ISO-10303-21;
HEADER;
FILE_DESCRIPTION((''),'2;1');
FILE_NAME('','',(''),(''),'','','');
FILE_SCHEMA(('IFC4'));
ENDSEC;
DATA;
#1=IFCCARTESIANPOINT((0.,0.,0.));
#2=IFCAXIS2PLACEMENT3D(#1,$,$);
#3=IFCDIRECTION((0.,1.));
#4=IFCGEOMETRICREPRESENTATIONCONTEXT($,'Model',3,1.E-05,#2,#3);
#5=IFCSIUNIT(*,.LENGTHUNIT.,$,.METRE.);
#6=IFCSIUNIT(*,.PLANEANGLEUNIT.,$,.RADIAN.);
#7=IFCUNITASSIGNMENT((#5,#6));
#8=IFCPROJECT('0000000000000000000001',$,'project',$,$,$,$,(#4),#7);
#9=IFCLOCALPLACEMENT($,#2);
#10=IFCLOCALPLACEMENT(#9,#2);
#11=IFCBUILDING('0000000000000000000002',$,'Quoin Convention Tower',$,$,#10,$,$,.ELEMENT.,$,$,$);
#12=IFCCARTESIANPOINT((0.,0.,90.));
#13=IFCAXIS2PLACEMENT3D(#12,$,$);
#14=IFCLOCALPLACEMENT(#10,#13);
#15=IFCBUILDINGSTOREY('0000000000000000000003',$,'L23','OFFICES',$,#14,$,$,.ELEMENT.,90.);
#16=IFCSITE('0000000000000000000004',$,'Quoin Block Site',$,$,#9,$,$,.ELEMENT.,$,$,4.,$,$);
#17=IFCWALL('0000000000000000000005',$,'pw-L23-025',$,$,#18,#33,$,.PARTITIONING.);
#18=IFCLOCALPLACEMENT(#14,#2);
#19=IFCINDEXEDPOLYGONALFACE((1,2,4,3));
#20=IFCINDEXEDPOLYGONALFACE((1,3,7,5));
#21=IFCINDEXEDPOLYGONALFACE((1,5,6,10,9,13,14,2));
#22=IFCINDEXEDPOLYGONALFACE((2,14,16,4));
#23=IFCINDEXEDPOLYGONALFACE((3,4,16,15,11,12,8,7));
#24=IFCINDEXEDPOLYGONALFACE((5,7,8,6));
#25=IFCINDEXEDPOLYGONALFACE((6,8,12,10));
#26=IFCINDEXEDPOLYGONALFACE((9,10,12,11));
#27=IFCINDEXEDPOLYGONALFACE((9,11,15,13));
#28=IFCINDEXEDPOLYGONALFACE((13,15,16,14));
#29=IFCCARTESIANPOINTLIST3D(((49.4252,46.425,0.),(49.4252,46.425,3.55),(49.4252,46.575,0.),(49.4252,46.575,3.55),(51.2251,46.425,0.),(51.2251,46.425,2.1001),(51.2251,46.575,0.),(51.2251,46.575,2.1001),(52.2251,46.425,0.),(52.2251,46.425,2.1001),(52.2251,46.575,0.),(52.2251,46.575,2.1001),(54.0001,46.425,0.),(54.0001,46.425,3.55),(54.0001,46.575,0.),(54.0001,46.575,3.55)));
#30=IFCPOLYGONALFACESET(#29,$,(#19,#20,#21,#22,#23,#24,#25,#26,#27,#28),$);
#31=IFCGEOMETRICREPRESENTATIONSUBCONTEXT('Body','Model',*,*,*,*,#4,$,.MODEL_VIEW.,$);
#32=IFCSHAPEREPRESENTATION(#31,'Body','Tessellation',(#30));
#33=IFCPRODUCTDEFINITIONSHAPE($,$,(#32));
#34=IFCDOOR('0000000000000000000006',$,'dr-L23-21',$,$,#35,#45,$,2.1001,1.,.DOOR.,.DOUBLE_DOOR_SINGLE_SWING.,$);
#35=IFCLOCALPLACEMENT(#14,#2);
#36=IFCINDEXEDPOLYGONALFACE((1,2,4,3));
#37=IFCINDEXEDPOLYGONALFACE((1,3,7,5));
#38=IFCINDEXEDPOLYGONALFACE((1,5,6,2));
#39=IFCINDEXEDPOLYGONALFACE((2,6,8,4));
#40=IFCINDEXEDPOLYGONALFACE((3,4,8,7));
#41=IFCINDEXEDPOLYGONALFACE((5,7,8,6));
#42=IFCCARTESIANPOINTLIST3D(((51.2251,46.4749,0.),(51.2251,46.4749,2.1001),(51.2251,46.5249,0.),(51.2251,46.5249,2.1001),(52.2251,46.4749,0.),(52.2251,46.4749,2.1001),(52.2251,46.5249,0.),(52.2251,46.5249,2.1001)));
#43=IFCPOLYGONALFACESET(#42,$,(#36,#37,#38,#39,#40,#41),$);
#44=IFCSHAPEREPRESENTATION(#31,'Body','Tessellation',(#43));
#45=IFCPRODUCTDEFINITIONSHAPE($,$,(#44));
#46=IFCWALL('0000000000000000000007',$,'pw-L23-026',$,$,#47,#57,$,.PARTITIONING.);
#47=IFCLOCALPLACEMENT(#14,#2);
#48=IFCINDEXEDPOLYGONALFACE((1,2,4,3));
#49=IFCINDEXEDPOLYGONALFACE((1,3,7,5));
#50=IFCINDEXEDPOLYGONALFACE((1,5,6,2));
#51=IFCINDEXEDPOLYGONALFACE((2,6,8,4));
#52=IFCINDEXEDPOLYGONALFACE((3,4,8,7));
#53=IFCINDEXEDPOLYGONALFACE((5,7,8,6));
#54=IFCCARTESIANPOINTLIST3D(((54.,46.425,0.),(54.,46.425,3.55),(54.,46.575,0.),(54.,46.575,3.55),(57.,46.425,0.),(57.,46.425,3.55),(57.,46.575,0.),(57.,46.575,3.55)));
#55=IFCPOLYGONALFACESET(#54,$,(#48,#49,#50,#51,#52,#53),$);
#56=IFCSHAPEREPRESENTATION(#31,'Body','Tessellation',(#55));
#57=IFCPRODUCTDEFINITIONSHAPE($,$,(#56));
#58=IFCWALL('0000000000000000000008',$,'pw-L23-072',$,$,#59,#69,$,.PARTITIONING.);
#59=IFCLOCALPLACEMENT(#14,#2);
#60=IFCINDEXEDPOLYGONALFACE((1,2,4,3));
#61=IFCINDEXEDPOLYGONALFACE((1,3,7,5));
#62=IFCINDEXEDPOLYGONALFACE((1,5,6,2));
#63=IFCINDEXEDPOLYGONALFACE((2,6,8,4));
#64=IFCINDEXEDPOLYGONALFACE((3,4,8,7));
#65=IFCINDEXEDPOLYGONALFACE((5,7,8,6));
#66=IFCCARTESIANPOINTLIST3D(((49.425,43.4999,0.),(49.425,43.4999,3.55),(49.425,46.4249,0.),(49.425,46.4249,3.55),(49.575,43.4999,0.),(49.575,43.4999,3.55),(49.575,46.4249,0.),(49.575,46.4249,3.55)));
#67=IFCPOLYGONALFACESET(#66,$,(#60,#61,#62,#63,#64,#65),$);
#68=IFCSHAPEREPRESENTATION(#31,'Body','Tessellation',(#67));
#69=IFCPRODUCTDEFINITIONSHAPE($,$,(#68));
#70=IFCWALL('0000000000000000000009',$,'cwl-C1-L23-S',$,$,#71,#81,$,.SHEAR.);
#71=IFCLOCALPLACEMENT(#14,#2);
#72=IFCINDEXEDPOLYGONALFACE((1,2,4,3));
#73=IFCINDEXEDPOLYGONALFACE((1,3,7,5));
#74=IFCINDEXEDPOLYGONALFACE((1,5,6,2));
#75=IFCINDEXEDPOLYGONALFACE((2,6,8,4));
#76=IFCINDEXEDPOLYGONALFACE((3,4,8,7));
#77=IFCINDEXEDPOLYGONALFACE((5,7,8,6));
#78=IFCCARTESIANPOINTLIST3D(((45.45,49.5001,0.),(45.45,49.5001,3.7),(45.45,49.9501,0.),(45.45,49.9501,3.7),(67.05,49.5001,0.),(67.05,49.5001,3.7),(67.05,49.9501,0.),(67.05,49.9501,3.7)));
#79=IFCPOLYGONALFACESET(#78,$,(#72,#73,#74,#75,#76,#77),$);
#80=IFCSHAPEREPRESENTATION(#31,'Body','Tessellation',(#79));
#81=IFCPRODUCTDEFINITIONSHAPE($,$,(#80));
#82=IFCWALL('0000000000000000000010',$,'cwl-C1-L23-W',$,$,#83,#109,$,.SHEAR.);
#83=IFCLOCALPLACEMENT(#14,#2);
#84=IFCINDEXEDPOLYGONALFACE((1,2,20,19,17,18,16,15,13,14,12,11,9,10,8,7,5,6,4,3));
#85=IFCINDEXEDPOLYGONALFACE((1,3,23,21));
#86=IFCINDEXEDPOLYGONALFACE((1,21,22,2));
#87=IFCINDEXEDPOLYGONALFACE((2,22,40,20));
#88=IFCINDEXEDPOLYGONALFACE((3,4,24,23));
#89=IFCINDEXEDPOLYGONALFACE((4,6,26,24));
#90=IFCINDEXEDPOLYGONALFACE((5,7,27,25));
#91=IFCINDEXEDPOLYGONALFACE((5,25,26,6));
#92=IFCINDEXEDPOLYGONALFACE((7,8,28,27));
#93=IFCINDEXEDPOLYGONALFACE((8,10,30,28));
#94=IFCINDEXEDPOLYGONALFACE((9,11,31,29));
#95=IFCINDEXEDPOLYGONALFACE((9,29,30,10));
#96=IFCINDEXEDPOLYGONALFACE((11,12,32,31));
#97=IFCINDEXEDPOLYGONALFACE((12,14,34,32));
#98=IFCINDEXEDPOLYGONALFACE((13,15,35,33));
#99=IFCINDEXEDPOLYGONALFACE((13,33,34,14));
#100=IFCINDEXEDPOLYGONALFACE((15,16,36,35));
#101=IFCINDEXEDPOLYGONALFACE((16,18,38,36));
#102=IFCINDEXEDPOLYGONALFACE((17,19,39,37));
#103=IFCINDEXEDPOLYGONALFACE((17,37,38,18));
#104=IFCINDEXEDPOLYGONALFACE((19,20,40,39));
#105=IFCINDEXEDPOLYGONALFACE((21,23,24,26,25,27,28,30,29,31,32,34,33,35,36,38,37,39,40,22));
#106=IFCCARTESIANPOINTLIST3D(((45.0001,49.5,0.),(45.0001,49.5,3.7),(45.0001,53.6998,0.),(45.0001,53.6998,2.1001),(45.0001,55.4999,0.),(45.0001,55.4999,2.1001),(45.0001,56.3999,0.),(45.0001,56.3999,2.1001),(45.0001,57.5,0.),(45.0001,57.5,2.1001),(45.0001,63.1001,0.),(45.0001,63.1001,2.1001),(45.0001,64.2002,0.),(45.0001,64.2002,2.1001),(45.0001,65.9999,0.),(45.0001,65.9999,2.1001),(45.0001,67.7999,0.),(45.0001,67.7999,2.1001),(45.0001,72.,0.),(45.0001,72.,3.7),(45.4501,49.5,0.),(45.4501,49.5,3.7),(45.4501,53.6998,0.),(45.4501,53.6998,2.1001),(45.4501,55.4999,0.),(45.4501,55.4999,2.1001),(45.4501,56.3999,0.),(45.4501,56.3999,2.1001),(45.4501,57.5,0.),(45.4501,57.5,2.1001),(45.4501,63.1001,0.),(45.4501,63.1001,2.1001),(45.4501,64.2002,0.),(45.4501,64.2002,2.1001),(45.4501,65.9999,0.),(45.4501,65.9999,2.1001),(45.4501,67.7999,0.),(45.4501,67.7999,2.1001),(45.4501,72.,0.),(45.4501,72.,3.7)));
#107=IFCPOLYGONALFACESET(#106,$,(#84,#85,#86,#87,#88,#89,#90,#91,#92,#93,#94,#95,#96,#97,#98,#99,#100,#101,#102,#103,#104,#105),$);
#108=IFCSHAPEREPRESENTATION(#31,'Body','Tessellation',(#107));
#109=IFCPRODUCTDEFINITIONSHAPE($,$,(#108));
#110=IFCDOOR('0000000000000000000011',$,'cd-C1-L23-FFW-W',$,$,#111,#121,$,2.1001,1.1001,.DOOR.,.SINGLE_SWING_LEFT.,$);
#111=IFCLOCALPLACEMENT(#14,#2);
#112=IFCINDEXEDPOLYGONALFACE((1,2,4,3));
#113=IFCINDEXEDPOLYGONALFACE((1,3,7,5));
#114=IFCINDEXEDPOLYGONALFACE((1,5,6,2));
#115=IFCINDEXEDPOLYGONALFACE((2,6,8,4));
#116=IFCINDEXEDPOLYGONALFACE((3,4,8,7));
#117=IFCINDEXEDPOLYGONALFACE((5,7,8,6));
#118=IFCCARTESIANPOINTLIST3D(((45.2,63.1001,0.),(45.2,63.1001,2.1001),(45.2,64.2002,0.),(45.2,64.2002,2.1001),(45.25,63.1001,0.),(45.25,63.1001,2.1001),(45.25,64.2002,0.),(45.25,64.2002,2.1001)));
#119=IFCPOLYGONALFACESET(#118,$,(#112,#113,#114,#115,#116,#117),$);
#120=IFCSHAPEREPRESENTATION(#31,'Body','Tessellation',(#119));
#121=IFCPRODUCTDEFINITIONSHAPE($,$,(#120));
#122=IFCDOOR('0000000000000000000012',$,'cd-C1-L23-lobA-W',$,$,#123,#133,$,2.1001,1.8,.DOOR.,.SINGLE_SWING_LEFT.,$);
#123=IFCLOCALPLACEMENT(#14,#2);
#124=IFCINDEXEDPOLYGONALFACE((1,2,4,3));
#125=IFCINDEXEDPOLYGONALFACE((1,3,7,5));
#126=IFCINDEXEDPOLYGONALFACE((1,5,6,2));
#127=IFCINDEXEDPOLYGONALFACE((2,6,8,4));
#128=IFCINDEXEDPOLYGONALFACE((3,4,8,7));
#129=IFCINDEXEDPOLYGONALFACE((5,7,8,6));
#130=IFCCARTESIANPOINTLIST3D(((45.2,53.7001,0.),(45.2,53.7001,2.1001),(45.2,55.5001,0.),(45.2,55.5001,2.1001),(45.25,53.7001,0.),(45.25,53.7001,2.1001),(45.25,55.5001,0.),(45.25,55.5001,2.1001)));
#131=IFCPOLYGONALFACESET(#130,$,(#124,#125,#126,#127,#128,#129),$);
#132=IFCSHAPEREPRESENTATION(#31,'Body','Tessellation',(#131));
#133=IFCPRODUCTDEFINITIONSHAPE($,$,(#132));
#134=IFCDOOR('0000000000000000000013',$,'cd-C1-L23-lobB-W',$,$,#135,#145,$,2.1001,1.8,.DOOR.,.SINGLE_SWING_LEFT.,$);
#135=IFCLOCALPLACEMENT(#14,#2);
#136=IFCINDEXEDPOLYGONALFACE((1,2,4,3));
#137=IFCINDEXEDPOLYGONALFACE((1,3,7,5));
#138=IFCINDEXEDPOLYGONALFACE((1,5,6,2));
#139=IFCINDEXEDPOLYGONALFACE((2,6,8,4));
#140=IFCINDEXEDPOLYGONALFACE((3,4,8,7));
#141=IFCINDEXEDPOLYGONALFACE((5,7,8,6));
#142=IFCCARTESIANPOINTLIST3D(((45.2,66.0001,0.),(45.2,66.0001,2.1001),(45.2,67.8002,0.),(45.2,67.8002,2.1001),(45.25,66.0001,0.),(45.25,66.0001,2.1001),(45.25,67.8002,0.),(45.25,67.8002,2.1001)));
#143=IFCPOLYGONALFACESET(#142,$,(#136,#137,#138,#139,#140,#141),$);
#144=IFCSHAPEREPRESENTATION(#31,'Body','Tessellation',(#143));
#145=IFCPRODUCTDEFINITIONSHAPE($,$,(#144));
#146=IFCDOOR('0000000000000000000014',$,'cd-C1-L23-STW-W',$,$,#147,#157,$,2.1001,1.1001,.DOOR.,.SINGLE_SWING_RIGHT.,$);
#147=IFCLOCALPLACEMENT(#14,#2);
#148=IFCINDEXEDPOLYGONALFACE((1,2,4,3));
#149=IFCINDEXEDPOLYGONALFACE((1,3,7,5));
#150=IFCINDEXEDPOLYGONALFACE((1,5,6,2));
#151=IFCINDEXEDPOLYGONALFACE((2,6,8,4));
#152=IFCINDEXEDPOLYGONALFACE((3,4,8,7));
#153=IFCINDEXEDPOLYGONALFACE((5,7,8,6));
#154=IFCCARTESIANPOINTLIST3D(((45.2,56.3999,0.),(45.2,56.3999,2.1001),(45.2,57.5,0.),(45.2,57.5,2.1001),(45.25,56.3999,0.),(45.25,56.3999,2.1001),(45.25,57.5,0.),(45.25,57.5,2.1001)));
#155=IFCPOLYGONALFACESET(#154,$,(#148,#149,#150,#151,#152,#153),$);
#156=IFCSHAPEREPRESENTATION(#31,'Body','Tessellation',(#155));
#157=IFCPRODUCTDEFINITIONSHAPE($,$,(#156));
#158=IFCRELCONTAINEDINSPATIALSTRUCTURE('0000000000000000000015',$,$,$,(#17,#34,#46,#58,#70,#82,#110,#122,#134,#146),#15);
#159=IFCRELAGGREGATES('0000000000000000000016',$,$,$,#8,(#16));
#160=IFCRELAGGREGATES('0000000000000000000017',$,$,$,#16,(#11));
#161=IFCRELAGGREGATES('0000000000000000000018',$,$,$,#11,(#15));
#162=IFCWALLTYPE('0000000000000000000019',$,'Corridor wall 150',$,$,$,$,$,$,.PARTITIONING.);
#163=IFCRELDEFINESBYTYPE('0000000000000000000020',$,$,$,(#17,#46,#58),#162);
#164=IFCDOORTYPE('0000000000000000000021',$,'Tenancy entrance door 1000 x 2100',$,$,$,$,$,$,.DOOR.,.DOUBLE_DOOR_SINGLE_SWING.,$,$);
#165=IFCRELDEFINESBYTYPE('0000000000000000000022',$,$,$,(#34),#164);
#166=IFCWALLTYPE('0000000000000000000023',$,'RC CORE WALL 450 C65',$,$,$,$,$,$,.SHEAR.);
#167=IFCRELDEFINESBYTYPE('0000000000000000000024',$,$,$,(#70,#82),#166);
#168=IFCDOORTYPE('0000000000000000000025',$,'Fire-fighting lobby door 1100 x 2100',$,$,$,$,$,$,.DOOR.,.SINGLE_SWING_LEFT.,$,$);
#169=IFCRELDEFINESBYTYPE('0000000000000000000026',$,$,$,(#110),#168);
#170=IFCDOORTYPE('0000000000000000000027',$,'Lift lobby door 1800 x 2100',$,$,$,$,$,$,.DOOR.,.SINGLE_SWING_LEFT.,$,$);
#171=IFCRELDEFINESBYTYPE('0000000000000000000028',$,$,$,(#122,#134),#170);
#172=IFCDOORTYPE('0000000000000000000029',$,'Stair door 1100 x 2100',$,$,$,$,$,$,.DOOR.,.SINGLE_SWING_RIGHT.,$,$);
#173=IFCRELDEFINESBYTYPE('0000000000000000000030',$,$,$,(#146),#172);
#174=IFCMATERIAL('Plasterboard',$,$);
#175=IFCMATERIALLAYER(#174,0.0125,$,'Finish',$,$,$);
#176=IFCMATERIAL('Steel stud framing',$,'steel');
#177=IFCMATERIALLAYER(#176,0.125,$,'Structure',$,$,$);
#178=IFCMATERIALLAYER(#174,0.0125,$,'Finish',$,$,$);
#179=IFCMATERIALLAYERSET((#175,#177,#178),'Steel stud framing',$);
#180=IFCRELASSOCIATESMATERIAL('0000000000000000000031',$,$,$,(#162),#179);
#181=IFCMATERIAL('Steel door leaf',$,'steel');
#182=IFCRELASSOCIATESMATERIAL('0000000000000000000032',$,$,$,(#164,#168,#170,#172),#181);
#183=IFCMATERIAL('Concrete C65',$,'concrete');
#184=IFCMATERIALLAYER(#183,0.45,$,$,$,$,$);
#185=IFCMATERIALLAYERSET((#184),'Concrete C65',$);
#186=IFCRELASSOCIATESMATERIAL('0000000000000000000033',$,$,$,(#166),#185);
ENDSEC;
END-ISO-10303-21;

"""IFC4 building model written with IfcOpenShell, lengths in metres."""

from ifc_helpers import new_model, si_unit, direction, frame, frame_2d, origin, place, context, subcontext, project, spatial, rectangle, extrude, material, layer, layer_set, type_object, element, fill, save


model = new_model("IFC4")

# Units and contexts
model_context = context("Model", 3, precision=1e-05, world=origin(), true_north=direction((0.0, 1.0)))
body_context = subcontext(model_context, "Body", "Model", "MODEL_VIEW")
ifc_project = project(units=[si_unit("LENGTHUNIT", "METRE"), si_unit("PLANEANGLEUNIT", "RADIAN")], contexts=[model_context])

# Site, building, storey
site_placement = place(None, origin())
site = spatial("IfcSite", under=ifc_project, at=site_placement, Name="Quoin Block Site", CompositionType="ELEMENT", RefElevation=4.0)
building_placement = place(site_placement, origin())
building = spatial("IfcBuilding", under=site, at=building_placement, Name="Quoin Convention Tower", CompositionType="ELEMENT")
storey_placement = place(building_placement, frame((0.0, 0.0, 90.0)))
storey = spatial("IfcBuildingStorey", under=building, at=storey_placement, Name="L23", Description="OFFICES", CompositionType="ELEMENT", Elevation=90.0)

# Shared definitions
ifc_material_1 = material(Name="Plasterboard")
ifc_material_2 = material(Name="Steel stud framing", Category="steel")
ifc_material_3 = material(Name="Steel door leaf", Category="steel")

# Wall, opening, door
ifc_layer_1 = layer(ifc_material_1, 0.0125, Name="Finish")
ifc_layer_2 = layer(ifc_material_2, 0.125, Name="Structure")
ifc_layer_3 = layer(ifc_material_1, 0.0125, Name="Finish")
ifc_layer_set_1 = layer_set([ifc_layer_1, ifc_layer_2, ifc_layer_3], Name="Steel stud framing")
wall_type_1 = type_object("IfcWallType", Name="Corridor wall 150", PredefinedType="PARTITIONING", material=ifc_layer_set_1)
wall_1_placement = place(storey_placement, frame((49.425, 46.5, 0.0), z_axis=(0.0, 0.0, 1.0), x_axis=(1.0, 0.0, 0.0)))
wall_1 = element("IfcWall", 1, at=wall_1_placement, inside=storey, type_object=wall_type_1, Name="pw-L23-025", PredefinedType="PARTITIONING", context=body_context, shape_type="SweptSolid", body=[
    extrude(rectangle(XDim=4.575, YDim=0.1499, at=frame_2d((2.2876, 0.0))), origin(), (0.0, 0.0, 1.0), 3.55),
])
opening_1_placement = place(wall_1_placement, frame((1.8, 0.0, 0.0)))
opening_1 = element("IfcOpeningElement", 2, at=opening_1_placement, cuts=wall_1, PredefinedType="OPENING", context=body_context, shape_type="SweptSolid", body=[
    extrude(rectangle(XDim=1.0, YDim=2.1001, at=frame_2d((0.5, 1.05))), frame((0.0, 0.085, 0.0), z_axis=(0.0, -1.0, 0.0), x_axis=(1.0, 0.0, 0.0)), (0.0, 0.0, 1.0), 0.1699),
])
door_type_1 = type_object("IfcDoorType", Name="Tenancy entrance door 1000 x 2100", OperationType="DOUBLE_DOOR_SINGLE_SWING", PredefinedType="DOOR", material=ifc_material_3)
door_1_placement = place(opening_1_placement, origin())
door_1 = element("IfcDoor", 3, at=door_1_placement, inside=storey, type_object=door_type_1, Name="dr-L23-21", OperationType="DOUBLE_DOOR_SINGLE_SWING", OverallHeight=2.1001, OverallWidth=1.0, PredefinedType="DOOR", context=body_context, shape_type="SweptSolid", body=[
    extrude(rectangle(XDim=1.0, YDim=2.1001, at=frame_2d((0.5, 1.05))), frame((0.0, 0.0249, 0.0), z_axis=(0.0, -1.0, 0.0), x_axis=(1.0, 0.0, 0.0)), (0.0, 0.0, 1.0), 0.05),
])
fill(opening_1, door_1)

# Walls
wall_2_placement = place(storey_placement, frame((54.0, 46.5, 0.0), z_axis=(0.0, 0.0, 1.0), x_axis=(1.0, 0.0, 0.0)))
element("IfcWall", 4, at=wall_2_placement, inside=storey, type_object=wall_type_1, Name="pw-L23-026", PredefinedType="PARTITIONING", context=body_context, shape_type="SweptSolid", body=[
    extrude(rectangle(XDim=3.0, YDim=0.1499, at=frame_2d((1.5, 0.0))), origin(), (0.0, 0.0, 1.0), 3.55),
])
wall_3_placement = place(storey_placement, frame((49.5, 43.5, 0.0), z_axis=(0.0, 0.0, 1.0), x_axis=(0.0, 1.0, 0.0)))
element("IfcWall", 5, at=wall_3_placement, inside=storey, type_object=wall_type_1, Name="pw-L23-072", PredefinedType="PARTITIONING", context=body_context, shape_type="SweptSolid", body=[
    extrude(rectangle(XDim=2.925, YDim=0.1499, at=frame_2d((1.4624, 0.0))), origin(), (0.0, 0.0, 1.0), 3.55),
])
ifc_material_4 = material(Name="Concrete C65", Category="concrete")
ifc_layer_4 = layer(ifc_material_4, 0.45)
ifc_layer_set_2 = layer_set([ifc_layer_4], Name="Concrete C65")
wall_type_2 = type_object("IfcWallType", Name="RC CORE WALL 450 C65", PredefinedType="SHEAR", material=ifc_layer_set_2)
wall_4_placement = place(storey_placement, frame((45.45, 49.7251, 0.0), z_axis=(0.0, 0.0, 1.0), x_axis=(1.0, 0.0, 0.0)))
element("IfcWall", 6, at=wall_4_placement, inside=storey, type_object=wall_type_2, Name="cwl-C1-L23-S", PredefinedType="SHEAR", context=body_context, shape_type="SweptSolid", body=[
    extrude(rectangle(XDim=21.6001, YDim=0.45, at=frame_2d((10.8, 0.0))), origin(), (0.0, 0.0, 1.0), 3.7),
])

# Wall, openings, doors
wall_5_placement = place(storey_placement, frame((45.2251, 49.5, 0.0), z_axis=(0.0, 0.0, 1.0), x_axis=(0.0, 1.0, 0.0)))
wall_5 = element("IfcWall", 7, at=wall_5_placement, inside=storey, type_object=wall_type_2, Name="cwl-C1-L23-W", PredefinedType="SHEAR", context=body_context, shape_type="SweptSolid", body=[
    extrude(rectangle(XDim=22.5, YDim=0.45, at=frame_2d((11.25, 0.0))), origin(), (0.0, 0.0, 1.0), 3.7),
])
opening_2_placement = place(wall_5_placement, frame((4.2, 0.0, 0.0)))
opening_2 = element("IfcOpeningElement", 8, at=opening_2_placement, cuts=wall_5, PredefinedType="OPENING", context=body_context, shape_type="SweptSolid", body=[
    extrude(rectangle(XDim=1.8, YDim=2.1001, at=frame_2d((0.8999, 1.05))), frame((0.0, 0.2349, 0.0), z_axis=(0.0, -1.0, 0.0), x_axis=(1.0, 0.0, 0.0)), (0.0, 0.0, 1.0), 0.47),
])
opening_3_placement = place(wall_5_placement, frame((6.8999, 0.0, 0.0)))
opening_3 = element("IfcOpeningElement", 9, at=opening_3_placement, cuts=wall_5, PredefinedType="OPENING", context=body_context, shape_type="SweptSolid", body=[
    extrude(rectangle(XDim=1.1001, YDim=2.1001, at=frame_2d((0.55, 1.05))), frame((0.0, 0.2349, 0.0), z_axis=(0.0, -1.0, 0.0), x_axis=(1.0, 0.0, 0.0)), (0.0, 0.0, 1.0), 0.47),
])
opening_4_placement = place(wall_5_placement, frame((13.6001, 0.0, 0.0)))
opening_4 = element("IfcOpeningElement", 10, at=opening_4_placement, cuts=wall_5, PredefinedType="OPENING", context=body_context, shape_type="SweptSolid", body=[
    extrude(rectangle(XDim=1.1001, YDim=2.1001, at=frame_2d((0.55, 1.05))), frame((0.0, 0.2349, 0.0), z_axis=(0.0, -1.0, 0.0), x_axis=(1.0, 0.0, 0.0)), (0.0, 0.0, 1.0), 0.47),
])
opening_5_placement = place(wall_5_placement, frame((16.5, 0.0, 0.0)))
opening_5 = element("IfcOpeningElement", 11, at=opening_5_placement, cuts=wall_5, PredefinedType="OPENING", context=body_context, shape_type="SweptSolid", body=[
    extrude(rectangle(XDim=1.8, YDim=2.1001, at=frame_2d((0.8999, 1.05))), frame((0.0, 0.2349, 0.0), z_axis=(0.0, -1.0, 0.0), x_axis=(1.0, 0.0, 0.0)), (0.0, 0.0, 1.0), 0.47),
])
door_type_2 = type_object("IfcDoorType", Name="Fire-fighting lobby door 1100 x 2100", OperationType="SINGLE_SWING_LEFT", PredefinedType="DOOR", material=ifc_material_3)
door_2_placement = place(opening_4_placement, frame((1.1001, 0.0, 0.0), z_axis=(0.0, 0.0, 1.0), x_axis=(-1.0, 0.0, 0.0)))
door_2 = element("IfcDoor", 12, at=door_2_placement, inside=storey, type_object=door_type_2, Name="cd-C1-L23-FFW-W", OperationType="SINGLE_SWING_LEFT", OverallHeight=2.1001, OverallWidth=1.1001, PredefinedType="DOOR", context=body_context, shape_type="SweptSolid", body=[
    extrude(rectangle(XDim=1.1001, YDim=2.1001, at=frame_2d((0.55, 1.05))), frame((0.0, 0.0249, 0.0), z_axis=(0.0, -1.0, 0.0), x_axis=(1.0, 0.0, 0.0)), (0.0, 0.0, 1.0), 0.05),
])
fill(opening_4, door_2)
door_type_3 = type_object("IfcDoorType", Name="Lift lobby door 1800 x 2100", OperationType="SINGLE_SWING_LEFT", PredefinedType="DOOR", material=ifc_material_3)
door_3_placement = place(opening_2_placement, frame((1.8, 0.0, 0.0), z_axis=(0.0, 0.0, 1.0), x_axis=(-1.0, 0.0, 0.0)))
door_3 = element("IfcDoor", 13, at=door_3_placement, inside=storey, type_object=door_type_3, Name="cd-C1-L23-lobA-W", OperationType="SINGLE_SWING_LEFT", OverallHeight=2.1001, OverallWidth=1.8, PredefinedType="DOOR", context=body_context, shape_type="SweptSolid", body=[
    extrude(rectangle(XDim=1.8, YDim=2.1001, at=frame_2d((0.8999, 1.05))), frame((0.0, 0.0249, 0.0), z_axis=(0.0, -1.0, 0.0), x_axis=(1.0, 0.0, 0.0)), (0.0, 0.0, 1.0), 0.05),
])
fill(opening_2, door_3)
door_4_placement = place(opening_5_placement, frame((1.8, 0.0, 0.0), z_axis=(0.0, 0.0, 1.0), x_axis=(-1.0, 0.0, 0.0)))
door_4 = element("IfcDoor", 14, at=door_4_placement, inside=storey, type_object=door_type_3, Name="cd-C1-L23-lobB-W", OperationType="SINGLE_SWING_LEFT", OverallHeight=2.1001, OverallWidth=1.8, PredefinedType="DOOR", context=body_context, shape_type="SweptSolid", body=[
    extrude(rectangle(XDim=1.8, YDim=2.1001, at=frame_2d((0.8999, 1.05))), frame((0.0, 0.0249, 0.0), z_axis=(0.0, -1.0, 0.0), x_axis=(1.0, 0.0, 0.0)), (0.0, 0.0, 1.0), 0.05),
])
fill(opening_5, door_4)
door_type_4 = type_object("IfcDoorType", Name="Stair door 1100 x 2100", OperationType="SINGLE_SWING_RIGHT", PredefinedType="DOOR", material=ifc_material_3)
door_5_placement = place(opening_3_placement, frame((1.1001, 0.0, 0.0), z_axis=(0.0, 0.0, 1.0), x_axis=(-1.0, 0.0, 0.0)))
door_5 = element("IfcDoor", 15, at=door_5_placement, inside=storey, type_object=door_type_4, Name="cd-C1-L23-STW-W", OperationType="SINGLE_SWING_RIGHT", OverallHeight=2.1001, OverallWidth=1.1001, PredefinedType="DOOR", context=body_context, shape_type="SweptSolid", body=[
    extrude(rectangle(XDim=1.1001, YDim=2.1001, at=frame_2d((0.55, 1.05))), frame((0.0, 0.0249, 0.0), z_axis=(0.0, -1.0, 0.0), x_axis=(1.0, 0.0, 0.0)), (0.0, 0.0, 1.0), 0.05),
])
fill(opening_3, door_5)

save(model, "model.ifc")
